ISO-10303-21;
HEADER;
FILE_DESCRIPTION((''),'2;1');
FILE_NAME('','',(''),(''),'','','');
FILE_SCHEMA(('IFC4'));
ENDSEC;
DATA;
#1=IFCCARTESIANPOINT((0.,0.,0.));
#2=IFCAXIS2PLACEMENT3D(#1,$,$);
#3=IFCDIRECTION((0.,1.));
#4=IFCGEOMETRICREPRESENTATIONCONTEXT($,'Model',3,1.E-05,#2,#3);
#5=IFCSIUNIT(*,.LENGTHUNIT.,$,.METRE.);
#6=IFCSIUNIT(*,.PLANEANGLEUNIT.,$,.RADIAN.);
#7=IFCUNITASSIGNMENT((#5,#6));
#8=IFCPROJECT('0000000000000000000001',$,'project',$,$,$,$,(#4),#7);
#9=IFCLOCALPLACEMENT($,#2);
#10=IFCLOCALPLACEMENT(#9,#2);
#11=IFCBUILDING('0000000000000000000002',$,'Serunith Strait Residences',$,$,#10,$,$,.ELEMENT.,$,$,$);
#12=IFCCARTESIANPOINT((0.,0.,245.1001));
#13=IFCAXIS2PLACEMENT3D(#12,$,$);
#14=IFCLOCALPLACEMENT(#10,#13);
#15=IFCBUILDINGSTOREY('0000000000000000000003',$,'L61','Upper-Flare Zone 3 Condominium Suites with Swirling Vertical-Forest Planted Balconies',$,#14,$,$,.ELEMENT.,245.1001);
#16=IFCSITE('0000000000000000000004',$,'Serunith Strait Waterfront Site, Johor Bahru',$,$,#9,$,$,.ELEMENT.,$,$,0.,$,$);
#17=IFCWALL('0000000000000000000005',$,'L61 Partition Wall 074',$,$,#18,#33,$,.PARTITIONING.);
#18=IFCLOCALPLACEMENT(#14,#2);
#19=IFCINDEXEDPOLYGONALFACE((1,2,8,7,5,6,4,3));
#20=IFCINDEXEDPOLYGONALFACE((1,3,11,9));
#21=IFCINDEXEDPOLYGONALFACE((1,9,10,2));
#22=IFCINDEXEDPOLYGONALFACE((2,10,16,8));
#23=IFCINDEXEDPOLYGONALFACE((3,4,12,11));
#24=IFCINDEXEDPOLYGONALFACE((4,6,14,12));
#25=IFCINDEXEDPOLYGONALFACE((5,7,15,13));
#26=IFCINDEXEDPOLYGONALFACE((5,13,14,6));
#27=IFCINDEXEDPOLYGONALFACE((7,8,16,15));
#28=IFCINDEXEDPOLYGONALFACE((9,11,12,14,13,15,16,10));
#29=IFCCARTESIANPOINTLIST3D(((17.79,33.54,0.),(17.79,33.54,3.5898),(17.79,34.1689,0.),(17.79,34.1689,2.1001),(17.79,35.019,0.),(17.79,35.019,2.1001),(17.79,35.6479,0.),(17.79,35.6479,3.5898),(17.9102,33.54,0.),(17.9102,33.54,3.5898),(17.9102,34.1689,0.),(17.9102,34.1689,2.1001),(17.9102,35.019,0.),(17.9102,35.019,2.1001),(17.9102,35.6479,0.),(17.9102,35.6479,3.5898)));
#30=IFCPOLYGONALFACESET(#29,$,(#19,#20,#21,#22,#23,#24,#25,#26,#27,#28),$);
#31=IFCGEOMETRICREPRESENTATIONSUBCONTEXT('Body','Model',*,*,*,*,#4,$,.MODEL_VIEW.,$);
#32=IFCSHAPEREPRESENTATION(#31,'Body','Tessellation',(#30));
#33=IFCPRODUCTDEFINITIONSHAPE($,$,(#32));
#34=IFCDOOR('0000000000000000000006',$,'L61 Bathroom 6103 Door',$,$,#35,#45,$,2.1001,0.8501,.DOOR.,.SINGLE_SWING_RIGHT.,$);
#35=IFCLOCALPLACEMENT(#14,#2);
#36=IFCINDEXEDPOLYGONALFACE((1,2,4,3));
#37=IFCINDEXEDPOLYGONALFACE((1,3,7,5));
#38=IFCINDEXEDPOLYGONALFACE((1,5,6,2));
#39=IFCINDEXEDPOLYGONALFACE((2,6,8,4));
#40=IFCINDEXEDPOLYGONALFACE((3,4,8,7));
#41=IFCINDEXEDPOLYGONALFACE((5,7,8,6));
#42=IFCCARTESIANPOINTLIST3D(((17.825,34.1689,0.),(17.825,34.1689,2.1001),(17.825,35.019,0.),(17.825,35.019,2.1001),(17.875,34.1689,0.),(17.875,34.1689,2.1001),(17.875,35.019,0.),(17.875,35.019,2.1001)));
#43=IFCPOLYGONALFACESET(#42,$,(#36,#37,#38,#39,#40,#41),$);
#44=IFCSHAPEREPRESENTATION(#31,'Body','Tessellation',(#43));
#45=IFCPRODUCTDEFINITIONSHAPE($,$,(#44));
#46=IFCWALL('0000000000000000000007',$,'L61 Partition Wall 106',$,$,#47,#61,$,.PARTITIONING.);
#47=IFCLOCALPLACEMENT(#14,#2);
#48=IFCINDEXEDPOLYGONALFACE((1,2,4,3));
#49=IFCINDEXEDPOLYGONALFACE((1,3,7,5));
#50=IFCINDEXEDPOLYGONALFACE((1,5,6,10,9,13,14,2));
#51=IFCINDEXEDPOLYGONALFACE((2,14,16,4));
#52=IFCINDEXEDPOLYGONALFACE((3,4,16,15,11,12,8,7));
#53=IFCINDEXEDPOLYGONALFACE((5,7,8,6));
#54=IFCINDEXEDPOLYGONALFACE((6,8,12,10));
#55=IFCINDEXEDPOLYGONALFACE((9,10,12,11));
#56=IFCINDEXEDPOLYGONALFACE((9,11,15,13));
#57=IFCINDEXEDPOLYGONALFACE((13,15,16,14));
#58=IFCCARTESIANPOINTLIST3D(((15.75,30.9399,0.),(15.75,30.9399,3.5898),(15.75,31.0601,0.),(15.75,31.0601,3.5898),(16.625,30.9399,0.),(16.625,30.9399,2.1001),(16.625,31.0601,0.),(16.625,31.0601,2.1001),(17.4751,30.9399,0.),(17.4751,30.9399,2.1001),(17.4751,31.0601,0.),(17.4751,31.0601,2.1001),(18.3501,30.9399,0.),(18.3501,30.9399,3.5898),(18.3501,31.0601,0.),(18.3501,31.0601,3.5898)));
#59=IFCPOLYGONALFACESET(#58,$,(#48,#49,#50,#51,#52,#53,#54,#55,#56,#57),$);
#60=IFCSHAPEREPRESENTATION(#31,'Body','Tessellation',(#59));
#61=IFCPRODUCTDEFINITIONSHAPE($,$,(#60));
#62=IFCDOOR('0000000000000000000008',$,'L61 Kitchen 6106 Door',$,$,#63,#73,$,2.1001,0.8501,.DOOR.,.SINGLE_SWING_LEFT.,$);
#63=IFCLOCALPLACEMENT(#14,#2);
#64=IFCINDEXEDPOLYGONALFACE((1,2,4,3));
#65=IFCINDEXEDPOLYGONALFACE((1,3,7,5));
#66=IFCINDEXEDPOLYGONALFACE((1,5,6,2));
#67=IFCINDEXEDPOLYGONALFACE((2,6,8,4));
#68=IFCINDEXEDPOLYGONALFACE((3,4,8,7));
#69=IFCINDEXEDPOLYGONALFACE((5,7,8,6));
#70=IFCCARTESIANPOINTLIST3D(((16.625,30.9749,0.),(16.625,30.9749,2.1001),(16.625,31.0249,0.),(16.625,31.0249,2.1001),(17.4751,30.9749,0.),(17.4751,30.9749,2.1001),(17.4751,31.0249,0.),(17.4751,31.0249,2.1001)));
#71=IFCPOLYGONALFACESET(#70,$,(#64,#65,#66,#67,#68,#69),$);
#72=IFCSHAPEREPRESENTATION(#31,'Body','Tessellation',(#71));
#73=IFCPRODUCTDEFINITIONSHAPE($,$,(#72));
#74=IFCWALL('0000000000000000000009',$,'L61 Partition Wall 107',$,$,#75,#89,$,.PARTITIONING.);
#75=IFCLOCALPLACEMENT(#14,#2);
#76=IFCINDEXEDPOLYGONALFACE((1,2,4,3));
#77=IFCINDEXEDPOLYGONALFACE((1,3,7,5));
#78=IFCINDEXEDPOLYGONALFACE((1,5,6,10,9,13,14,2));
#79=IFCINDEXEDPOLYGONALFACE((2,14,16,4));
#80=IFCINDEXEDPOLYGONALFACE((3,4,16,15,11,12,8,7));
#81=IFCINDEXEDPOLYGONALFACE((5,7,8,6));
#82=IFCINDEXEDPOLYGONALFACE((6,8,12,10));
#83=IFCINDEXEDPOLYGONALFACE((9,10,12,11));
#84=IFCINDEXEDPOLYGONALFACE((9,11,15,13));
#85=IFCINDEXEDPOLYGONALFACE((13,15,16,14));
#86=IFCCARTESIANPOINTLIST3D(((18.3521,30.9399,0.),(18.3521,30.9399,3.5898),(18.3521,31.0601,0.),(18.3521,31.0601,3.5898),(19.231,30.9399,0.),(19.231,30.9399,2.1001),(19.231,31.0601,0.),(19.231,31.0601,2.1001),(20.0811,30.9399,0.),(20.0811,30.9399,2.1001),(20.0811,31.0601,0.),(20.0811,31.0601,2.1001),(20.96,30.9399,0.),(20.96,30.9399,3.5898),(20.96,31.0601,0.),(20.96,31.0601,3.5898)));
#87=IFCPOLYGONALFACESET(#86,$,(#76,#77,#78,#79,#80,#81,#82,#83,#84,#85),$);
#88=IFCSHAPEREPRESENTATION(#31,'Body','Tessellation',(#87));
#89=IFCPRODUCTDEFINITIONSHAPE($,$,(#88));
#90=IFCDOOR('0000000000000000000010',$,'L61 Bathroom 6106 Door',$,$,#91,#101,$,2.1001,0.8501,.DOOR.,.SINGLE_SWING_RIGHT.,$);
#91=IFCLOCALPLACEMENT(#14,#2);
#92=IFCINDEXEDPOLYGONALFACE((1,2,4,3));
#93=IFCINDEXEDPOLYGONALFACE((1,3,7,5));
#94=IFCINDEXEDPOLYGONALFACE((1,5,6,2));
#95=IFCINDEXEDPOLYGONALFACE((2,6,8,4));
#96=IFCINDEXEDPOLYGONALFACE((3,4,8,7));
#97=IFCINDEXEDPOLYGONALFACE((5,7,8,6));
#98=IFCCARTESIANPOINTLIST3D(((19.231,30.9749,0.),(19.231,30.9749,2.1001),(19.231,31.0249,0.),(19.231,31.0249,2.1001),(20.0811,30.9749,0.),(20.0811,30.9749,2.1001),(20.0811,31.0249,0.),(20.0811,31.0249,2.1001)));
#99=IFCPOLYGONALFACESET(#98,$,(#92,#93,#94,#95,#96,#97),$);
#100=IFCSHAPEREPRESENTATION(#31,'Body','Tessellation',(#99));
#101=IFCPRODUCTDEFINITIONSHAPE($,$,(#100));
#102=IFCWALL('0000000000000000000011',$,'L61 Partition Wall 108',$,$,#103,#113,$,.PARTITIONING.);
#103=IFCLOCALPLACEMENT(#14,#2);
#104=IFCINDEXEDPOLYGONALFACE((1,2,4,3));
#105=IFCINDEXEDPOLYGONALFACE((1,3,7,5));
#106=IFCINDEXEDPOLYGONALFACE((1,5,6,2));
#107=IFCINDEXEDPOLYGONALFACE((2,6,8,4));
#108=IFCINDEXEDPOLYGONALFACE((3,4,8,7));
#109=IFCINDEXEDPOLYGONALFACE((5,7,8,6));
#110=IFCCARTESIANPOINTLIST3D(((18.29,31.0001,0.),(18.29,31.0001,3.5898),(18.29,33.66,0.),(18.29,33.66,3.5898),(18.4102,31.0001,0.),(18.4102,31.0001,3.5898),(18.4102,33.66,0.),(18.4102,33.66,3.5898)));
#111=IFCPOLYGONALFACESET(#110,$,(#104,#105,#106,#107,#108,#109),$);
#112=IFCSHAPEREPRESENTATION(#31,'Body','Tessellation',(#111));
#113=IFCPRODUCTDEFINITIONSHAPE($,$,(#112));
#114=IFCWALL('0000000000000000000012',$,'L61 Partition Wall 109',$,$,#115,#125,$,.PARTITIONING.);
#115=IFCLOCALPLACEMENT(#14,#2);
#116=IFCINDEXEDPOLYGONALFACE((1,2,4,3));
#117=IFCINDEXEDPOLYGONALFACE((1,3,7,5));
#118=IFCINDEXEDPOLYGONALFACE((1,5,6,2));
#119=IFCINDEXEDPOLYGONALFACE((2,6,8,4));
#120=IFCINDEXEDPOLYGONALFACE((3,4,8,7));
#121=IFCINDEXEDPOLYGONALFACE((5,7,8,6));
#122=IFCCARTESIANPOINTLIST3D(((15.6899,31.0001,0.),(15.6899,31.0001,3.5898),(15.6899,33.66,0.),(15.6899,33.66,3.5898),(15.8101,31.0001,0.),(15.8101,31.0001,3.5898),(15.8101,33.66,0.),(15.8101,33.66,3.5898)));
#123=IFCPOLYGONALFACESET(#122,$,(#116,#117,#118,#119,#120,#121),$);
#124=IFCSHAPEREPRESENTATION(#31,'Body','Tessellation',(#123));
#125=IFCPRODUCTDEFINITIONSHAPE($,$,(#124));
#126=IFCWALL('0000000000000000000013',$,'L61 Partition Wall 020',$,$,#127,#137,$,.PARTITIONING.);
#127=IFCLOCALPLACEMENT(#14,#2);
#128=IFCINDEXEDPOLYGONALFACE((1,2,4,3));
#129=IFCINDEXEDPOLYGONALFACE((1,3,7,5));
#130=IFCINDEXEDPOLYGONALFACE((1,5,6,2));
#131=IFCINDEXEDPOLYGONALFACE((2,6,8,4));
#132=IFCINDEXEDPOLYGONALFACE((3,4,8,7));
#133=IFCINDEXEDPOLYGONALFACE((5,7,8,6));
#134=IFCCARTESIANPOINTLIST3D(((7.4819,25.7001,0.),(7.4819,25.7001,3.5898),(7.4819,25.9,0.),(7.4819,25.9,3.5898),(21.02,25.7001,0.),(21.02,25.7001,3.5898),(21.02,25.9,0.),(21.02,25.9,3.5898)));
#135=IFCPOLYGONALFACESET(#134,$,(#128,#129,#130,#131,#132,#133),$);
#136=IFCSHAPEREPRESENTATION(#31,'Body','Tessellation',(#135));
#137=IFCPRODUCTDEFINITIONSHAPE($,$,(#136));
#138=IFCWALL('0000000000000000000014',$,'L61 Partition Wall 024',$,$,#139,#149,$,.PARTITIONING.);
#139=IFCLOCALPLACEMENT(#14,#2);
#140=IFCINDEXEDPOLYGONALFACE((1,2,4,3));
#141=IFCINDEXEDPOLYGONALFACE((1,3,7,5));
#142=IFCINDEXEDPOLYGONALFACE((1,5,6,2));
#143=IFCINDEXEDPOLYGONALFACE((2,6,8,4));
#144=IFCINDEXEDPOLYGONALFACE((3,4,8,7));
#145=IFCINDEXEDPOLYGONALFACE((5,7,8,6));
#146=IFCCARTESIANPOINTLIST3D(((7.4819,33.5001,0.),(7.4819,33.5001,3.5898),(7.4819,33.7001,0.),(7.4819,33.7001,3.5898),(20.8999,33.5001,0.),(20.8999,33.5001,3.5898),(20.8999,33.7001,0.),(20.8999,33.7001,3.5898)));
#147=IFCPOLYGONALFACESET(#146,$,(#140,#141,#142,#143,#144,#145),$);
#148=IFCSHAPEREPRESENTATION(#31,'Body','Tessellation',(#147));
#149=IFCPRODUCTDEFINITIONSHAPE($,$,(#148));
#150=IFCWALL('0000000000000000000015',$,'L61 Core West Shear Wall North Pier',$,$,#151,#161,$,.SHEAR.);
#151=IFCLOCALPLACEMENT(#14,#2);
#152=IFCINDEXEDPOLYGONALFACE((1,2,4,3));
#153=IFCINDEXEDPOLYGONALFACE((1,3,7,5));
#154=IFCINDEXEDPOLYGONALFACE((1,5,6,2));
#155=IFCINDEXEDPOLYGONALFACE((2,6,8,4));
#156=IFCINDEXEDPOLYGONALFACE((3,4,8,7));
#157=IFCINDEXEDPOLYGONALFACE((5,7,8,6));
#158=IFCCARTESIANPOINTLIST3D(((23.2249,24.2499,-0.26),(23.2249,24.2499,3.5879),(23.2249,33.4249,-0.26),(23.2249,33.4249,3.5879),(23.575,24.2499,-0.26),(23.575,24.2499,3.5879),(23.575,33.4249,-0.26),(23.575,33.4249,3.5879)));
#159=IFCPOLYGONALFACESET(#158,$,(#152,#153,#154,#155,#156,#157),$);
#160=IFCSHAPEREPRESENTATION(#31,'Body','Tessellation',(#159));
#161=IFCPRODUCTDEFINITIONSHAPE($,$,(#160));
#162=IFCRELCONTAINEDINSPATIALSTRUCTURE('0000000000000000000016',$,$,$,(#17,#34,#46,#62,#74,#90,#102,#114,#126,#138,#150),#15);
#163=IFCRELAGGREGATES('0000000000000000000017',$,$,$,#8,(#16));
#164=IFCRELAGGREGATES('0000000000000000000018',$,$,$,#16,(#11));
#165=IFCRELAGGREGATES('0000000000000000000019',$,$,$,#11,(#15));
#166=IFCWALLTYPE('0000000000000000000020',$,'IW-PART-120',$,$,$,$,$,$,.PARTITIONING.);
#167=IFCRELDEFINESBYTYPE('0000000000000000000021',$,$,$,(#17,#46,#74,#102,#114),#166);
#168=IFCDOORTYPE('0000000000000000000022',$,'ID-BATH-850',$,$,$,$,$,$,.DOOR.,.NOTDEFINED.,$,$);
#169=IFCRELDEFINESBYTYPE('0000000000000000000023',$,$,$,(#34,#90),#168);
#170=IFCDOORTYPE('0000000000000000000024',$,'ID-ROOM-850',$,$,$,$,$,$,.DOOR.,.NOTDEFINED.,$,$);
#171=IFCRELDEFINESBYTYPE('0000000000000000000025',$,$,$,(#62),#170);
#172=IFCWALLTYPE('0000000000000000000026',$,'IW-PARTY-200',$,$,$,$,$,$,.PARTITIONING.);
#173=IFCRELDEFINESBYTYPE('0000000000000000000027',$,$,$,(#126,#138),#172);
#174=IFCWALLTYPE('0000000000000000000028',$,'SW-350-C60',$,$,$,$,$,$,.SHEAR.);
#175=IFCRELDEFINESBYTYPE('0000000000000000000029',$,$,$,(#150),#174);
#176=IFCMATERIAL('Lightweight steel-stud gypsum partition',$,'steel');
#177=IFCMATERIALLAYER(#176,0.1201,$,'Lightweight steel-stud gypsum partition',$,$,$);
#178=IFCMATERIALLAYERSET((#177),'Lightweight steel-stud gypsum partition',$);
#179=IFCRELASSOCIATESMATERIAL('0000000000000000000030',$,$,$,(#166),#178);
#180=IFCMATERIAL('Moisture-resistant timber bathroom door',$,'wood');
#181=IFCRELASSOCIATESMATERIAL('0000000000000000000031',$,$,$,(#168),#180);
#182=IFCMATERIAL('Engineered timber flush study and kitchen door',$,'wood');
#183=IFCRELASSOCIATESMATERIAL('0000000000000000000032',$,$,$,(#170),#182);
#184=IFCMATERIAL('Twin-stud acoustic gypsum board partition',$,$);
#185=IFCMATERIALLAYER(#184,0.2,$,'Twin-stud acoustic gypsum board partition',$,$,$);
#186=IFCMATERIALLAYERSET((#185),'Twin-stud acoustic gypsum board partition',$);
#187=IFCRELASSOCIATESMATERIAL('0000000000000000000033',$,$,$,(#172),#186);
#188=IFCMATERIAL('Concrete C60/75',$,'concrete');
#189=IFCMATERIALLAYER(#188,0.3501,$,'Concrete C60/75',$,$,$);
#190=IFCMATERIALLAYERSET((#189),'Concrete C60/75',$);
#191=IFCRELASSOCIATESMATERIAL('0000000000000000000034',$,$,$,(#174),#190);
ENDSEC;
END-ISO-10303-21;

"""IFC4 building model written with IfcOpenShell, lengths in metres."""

from ifc_helpers import new_model, si_unit, direction, frame, frame_2d, origin, place, context, subcontext, project, spatial, rectangle, extrude, source, transform, mapped, material, layer, layer_set, type_object, element, fill, save


model = new_model("IFC4")

# Units and contexts
model_context = context("Model", 3, precision=1e-05, world=origin(), true_north=direction((0.0, 1.0)))
body_context = subcontext(model_context, "Body", "Model", "MODEL_VIEW")
ifc_project = project(units=[si_unit("LENGTHUNIT", "METRE"), si_unit("PLANEANGLEUNIT", "RADIAN")], contexts=[model_context])

# Site, building, storey
site_placement = place(None, origin())
site = spatial("IfcSite", under=ifc_project, at=site_placement, Name="Serunith Strait Waterfront Site, Johor Bahru", CompositionType="ELEMENT", RefElevation=0.0)
building_placement = place(site_placement, origin())
building = spatial("IfcBuilding", under=site, at=building_placement, Name="Serunith Strait Residences", CompositionType="ELEMENT")
storey_placement = place(building_placement, frame((0.0, 0.0, 245.1001)))
storey = spatial("IfcBuildingStorey", under=building, at=storey_placement, Name="L61", Description="Upper-Flare Zone 3 Condominium Suites with Swirling Vertical-Forest Planted Balconies", CompositionType="ELEMENT", Elevation=245.1001)

# Shared definitions
ifc_material_1 = material(Name="Lightweight steel-stud gypsum partition", Category="steel")
ifc_layer_1 = layer(ifc_material_1, 0.1201, Name="Lightweight steel-stud gypsum partition")
ifc_layer_set_1 = layer_set([ifc_layer_1], Name="Lightweight steel-stud gypsum partition")
wall_type_1 = type_object("IfcWallType", Name="IW-PART-120", PredefinedType="PARTITIONING", material=ifc_layer_set_1)

# Walls, openings, doors
wall_1_placement = place(storey_placement, frame((17.8501, 35.6479, 0.0), z_axis=(0.0, 0.0, 1.0), x_axis=(0.0, -1.0, 0.0)))
wall_1 = element("IfcWall", 1, at=wall_1_placement, inside=storey, type_object=wall_type_1, Name="L61 Partition Wall 074", PredefinedType="PARTITIONING", context=body_context, shape_type="SweptSolid", body=[
    extrude(rectangle(XDim=2.1079, YDim=0.1201, at=frame_2d((1.054, 0.0))), origin(), (0.0, 0.0, 1.0), 3.5898),
])
opening_1_placement = place(wall_1_placement, frame((0.6289, 0.0, 0.0)))
opening_1 = element("IfcOpeningElement", 2, at=opening_1_placement, cuts=wall_1, PredefinedType="OPENING", context=body_context, shape_type="SweptSolid", body=[
    extrude(rectangle(XDim=0.8501, YDim=2.1001, at=frame_2d((0.425, 1.05))), frame((0.0, 0.0701, 0.0), z_axis=(0.0, -1.0, 0.0), x_axis=(1.0, 0.0, 0.0)), (0.0, 0.0, 1.0), 0.1401),
])
ifc_material_2 = material(Name="Moisture-resistant timber bathroom door", Category="wood")
door_type_1 = type_object("IfcDoorType", Name="ID-BATH-850", OperationType="NOTDEFINED", PredefinedType="DOOR", material=ifc_material_2)
shared_shape_1 = source(origin(), body_context, "Body", "SweptSolid", [
    extrude(rectangle(XDim=0.8501, YDim=2.1001, at=frame_2d((0.425, 1.05))), frame((0.0, 0.0249, 0.0), z_axis=(0.0, -1.0, 0.0), x_axis=(1.0, 0.0, 0.0)), (0.0, 0.0, 1.0), 0.05),
])
door_1_placement = place(opening_1_placement, origin())
door_1 = element("IfcDoor", 3, at=door_1_placement, inside=storey, type_object=door_type_1, Name="L61 Bathroom 6103 Door", OperationType="SINGLE_SWING_RIGHT", OverallHeight=2.1001, OverallWidth=0.8501, PredefinedType="DOOR", context=body_context, shape_type="MappedRepresentation", body=[
    mapped(shared_shape_1, transform((0.0, 0.0, 0.0), scale=1.0)),
])
fill(opening_1, door_1)
wall_2_placement = place(storey_placement, frame((15.75, 31.0, 0.0), z_axis=(0.0, 0.0, 1.0), x_axis=(1.0, 0.0, 0.0)))
wall_2 = element("IfcWall", 4, at=wall_2_placement, inside=storey, type_object=wall_type_1, Name="L61 Partition Wall 106", PredefinedType="PARTITIONING", context=body_context, shape_type="SweptSolid", body=[
    extrude(rectangle(XDim=2.6001, YDim=0.1201, at=frame_2d((1.3, 0.0))), origin(), (0.0, 0.0, 1.0), 3.5898),
])
opening_2_placement = place(wall_2_placement, frame((0.875, 0.0, 0.0)))
opening_2 = element("IfcOpeningElement", 5, at=opening_2_placement, cuts=wall_2, PredefinedType="OPENING", context=body_context, shape_type="SweptSolid", body=[
    extrude(rectangle(XDim=0.8501, YDim=2.1001, at=frame_2d((0.425, 1.05))), frame((0.0, 0.0701, 0.0), z_axis=(0.0, -1.0, 0.0), x_axis=(1.0, 0.0, 0.0)), (0.0, 0.0, 1.0), 0.1401),
])
ifc_material_3 = material(Name="Engineered timber flush study and kitchen door", Category="wood")
door_type_2 = type_object("IfcDoorType", Name="ID-ROOM-850", OperationType="NOTDEFINED", PredefinedType="DOOR", material=ifc_material_3)
door_2_placement = place(opening_2_placement, origin())
door_2 = element("IfcDoor", 6, at=door_2_placement, inside=storey, type_object=door_type_2, Name="L61 Kitchen 6106 Door", OperationType="SINGLE_SWING_LEFT", OverallHeight=2.1001, OverallWidth=0.8501, PredefinedType="DOOR", context=body_context, shape_type="MappedRepresentation", body=[
    mapped(shared_shape_1, transform((0.0, 0.0, 0.0), scale=1.0)),
])
fill(opening_2, door_2)
wall_3_placement = place(storey_placement, frame((18.3521, 31.0, 0.0), z_axis=(0.0, 0.0, 1.0), x_axis=(1.0, 0.0, 0.0)))
wall_3 = element("IfcWall", 7, at=wall_3_placement, inside=storey, type_object=wall_type_1, Name="L61 Partition Wall 107", PredefinedType="PARTITIONING", context=body_context, shape_type="SweptSolid", body=[
    extrude(rectangle(XDim=2.6079, YDim=0.1201, at=frame_2d((1.304, 0.0))), origin(), (0.0, 0.0, 1.0), 3.5898),
])
opening_3_placement = place(wall_3_placement, frame((0.8789, 0.0, 0.0)))
opening_3 = element("IfcOpeningElement", 8, at=opening_3_placement, cuts=wall_3, PredefinedType="OPENING", context=body_context, shape_type="SweptSolid", body=[
    extrude(rectangle(XDim=0.8501, YDim=2.1001, at=frame_2d((0.425, 1.05))), frame((0.0, 0.0701, 0.0), z_axis=(0.0, -1.0, 0.0), x_axis=(1.0, 0.0, 0.0)), (0.0, 0.0, 1.0), 0.1401),
])
door_3_placement = place(opening_3_placement, origin())
door_3 = element("IfcDoor", 9, at=door_3_placement, inside=storey, type_object=door_type_1, Name="L61 Bathroom 6106 Door", OperationType="SINGLE_SWING_RIGHT", OverallHeight=2.1001, OverallWidth=0.8501, PredefinedType="DOOR", context=body_context, shape_type="MappedRepresentation", body=[
    mapped(shared_shape_1, transform((0.0, 0.0, 0.0), scale=1.0)),
])
fill(opening_3, door_3)

# Walls
for number, where, z_axis, x_axis, name in (
    (10, (18.3501, 31.0, 0.0), (0.0, 0.0, 1.0), (0.0, 1.0, 0.0), "L61 Partition Wall 108"),
    (11, (15.75, 31.0, 0.0), (0.0, 0.0, 1.0), (0.0, 1.0, 0.0), "L61 Partition Wall 109"),
):
    element("IfcWall", number, at=place(storey_placement, frame(where, z_axis=z_axis, x_axis=x_axis)), inside=storey, type_object=wall_type_1, Name=name, PredefinedType="PARTITIONING", context=body_context, shape_type="SweptSolid", body=[
        extrude(rectangle(XDim=2.6599, YDim=0.1201, at=frame_2d((1.3301, 0.0))), origin(), (0.0, 0.0, 1.0), 3.5898),
    ])
ifc_material_4 = material(Name="Twin-stud acoustic gypsum board partition")
ifc_layer_2 = layer(ifc_material_4, 0.2, Name="Twin-stud acoustic gypsum board partition")
ifc_layer_set_2 = layer_set([ifc_layer_2], Name="Twin-stud acoustic gypsum board partition")
wall_type_2 = type_object("IfcWallType", Name="IW-PARTY-200", PredefinedType="PARTITIONING", material=ifc_layer_set_2)
wall_4_placement = place(storey_placement, frame((7.4819, 25.8, 0.0), z_axis=(0.0, 0.0, 1.0), x_axis=(1.0, 0.0, 0.0)))
element("IfcWall", 12, at=wall_4_placement, inside=storey, type_object=wall_type_2, Name="L61 Partition Wall 020", PredefinedType="PARTITIONING", context=body_context, shape_type="SweptSolid", body=[
    extrude(rectangle(XDim=13.5381, YDim=0.2, at=frame_2d((6.769, 0.0))), origin(), (0.0, 0.0, 1.0), 3.5898),
])
wall_5_placement = place(storey_placement, frame((7.4819, 33.6001, 0.0), z_axis=(0.0, 0.0, 1.0), x_axis=(1.0, 0.0, 0.0)))
element("IfcWall", 13, at=wall_5_placement, inside=storey, type_object=wall_type_2, Name="L61 Partition Wall 024", PredefinedType="PARTITIONING", context=body_context, shape_type="SweptSolid", body=[
    extrude(rectangle(XDim=13.418, YDim=0.2, at=frame_2d((6.709, 0.0))), origin(), (0.0, 0.0, 1.0), 3.5898),
])
ifc_material_5 = material(Name="Concrete C60/75", Category="concrete")
ifc_layer_3 = layer(ifc_material_5, 0.3501, Name="Concrete C60/75")
ifc_layer_set_3 = layer_set([ifc_layer_3], Name="Concrete C60/75")
wall_type_3 = type_object("IfcWallType", Name="SW-350-C60", PredefinedType="SHEAR", material=ifc_layer_set_3)
wall_6_placement = place(storey_placement, frame((23.3999, 24.25, -0.26), z_axis=(0.0, 0.0, 1.0), x_axis=(0.0, 1.0, 0.0)))
element("IfcWall", 14, at=wall_6_placement, inside=storey, type_object=wall_type_3, Name="L61 Core West Shear Wall North Pier", PredefinedType="SHEAR", context=body_context, shape_type="SweptSolid", body=[
    extrude(rectangle(XDim=9.175, YDim=0.3501, at=frame_2d((4.5874, 0.0))), origin(), (0.0, 0.0, 1.0), 3.8479),
])

save(model, "model.ifc")
